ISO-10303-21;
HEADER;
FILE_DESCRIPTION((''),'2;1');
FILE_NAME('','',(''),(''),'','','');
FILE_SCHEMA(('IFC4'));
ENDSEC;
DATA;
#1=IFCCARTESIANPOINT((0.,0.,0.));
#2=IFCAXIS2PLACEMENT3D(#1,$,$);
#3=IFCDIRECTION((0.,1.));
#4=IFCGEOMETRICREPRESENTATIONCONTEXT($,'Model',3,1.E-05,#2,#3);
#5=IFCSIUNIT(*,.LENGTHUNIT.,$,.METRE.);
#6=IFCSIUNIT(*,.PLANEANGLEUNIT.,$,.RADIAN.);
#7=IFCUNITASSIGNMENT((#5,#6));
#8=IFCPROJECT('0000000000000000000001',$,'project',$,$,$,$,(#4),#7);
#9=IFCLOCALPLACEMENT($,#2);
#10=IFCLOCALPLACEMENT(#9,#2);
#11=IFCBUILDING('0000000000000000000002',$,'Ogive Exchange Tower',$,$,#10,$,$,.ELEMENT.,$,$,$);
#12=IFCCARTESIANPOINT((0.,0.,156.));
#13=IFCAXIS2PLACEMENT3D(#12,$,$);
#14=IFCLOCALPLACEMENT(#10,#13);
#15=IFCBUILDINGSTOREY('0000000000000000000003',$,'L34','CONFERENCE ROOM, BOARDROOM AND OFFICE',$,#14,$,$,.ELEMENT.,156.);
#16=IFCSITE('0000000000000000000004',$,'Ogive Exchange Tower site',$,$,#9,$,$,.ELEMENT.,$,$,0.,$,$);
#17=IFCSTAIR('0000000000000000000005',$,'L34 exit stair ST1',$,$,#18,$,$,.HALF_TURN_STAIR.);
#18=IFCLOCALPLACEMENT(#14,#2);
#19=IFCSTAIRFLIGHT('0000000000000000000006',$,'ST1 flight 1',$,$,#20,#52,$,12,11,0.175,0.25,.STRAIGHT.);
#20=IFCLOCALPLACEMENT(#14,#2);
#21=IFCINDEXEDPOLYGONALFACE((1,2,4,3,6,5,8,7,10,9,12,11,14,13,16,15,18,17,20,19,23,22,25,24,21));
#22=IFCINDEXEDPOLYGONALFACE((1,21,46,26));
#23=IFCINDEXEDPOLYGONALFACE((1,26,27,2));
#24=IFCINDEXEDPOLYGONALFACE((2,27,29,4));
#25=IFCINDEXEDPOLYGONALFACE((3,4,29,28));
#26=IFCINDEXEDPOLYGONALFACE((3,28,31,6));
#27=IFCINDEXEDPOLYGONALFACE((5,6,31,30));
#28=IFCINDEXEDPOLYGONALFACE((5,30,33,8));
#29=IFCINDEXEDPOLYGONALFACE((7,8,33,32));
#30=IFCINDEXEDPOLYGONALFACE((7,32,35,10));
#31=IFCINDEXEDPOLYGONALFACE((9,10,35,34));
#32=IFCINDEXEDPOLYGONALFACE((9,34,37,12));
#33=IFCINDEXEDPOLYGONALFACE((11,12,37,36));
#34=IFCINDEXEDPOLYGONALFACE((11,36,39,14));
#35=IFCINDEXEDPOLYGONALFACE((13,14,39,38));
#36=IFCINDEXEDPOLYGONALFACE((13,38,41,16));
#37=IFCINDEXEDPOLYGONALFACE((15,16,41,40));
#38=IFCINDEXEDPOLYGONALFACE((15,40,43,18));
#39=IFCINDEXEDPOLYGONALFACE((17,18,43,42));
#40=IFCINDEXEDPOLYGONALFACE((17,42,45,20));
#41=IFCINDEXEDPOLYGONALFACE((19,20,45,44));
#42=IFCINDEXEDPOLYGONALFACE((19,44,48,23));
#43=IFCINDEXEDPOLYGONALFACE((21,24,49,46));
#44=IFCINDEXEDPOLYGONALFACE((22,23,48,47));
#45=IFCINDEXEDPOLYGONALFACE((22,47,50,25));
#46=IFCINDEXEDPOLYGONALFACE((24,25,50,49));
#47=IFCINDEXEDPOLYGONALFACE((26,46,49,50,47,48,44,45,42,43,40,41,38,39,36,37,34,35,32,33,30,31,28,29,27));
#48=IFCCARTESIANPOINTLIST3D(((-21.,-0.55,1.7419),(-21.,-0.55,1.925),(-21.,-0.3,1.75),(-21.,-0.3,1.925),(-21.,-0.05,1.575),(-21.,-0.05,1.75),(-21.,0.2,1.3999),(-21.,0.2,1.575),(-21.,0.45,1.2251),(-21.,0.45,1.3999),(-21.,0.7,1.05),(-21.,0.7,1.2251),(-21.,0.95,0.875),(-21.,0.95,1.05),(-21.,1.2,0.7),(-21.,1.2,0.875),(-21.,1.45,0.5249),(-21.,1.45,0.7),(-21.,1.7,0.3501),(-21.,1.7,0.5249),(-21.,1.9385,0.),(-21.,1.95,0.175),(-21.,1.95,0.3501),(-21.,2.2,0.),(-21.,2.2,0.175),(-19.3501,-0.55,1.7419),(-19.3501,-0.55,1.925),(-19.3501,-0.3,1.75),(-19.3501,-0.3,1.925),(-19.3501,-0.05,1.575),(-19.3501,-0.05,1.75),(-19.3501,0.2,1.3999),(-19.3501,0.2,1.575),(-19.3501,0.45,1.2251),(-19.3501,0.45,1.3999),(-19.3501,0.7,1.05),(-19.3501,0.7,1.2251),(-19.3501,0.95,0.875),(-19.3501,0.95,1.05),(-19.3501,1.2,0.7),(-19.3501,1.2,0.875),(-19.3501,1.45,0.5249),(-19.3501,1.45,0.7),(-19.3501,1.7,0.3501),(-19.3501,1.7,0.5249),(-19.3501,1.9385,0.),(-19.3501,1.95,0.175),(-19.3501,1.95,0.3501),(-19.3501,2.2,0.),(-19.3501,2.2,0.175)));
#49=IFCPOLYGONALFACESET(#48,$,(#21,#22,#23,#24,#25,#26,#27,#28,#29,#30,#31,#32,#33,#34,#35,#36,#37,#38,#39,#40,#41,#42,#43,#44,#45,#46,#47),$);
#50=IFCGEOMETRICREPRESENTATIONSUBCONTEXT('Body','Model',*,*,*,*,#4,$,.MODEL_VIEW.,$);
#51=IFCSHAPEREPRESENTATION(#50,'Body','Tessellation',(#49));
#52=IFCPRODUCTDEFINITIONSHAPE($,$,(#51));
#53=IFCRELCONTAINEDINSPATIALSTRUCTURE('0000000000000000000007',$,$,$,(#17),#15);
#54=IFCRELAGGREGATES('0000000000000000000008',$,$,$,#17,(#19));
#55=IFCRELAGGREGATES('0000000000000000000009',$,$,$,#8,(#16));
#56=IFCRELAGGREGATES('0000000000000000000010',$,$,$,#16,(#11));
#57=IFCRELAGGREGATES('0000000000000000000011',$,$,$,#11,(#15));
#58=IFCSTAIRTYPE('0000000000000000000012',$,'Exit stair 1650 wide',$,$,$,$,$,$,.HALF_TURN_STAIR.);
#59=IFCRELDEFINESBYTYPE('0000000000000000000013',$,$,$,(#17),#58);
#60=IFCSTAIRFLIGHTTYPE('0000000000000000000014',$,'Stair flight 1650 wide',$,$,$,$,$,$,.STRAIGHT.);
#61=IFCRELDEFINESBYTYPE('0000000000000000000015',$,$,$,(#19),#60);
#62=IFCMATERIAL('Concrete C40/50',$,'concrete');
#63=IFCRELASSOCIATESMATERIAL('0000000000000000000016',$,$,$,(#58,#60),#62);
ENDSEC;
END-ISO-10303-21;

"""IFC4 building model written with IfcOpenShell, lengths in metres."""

from ifc_helpers import new_model, si_unit, direction, frame, origin, place, context, subcontext, project, spatial, polyline, outline, extrude, material, type_object, element, aggregate, save


model = new_model("IFC4")

# Units and contexts
model_context = context("Model", 3, precision=1e-05, world=origin(), true_north=direction((0.0, 1.0)))
body_context = subcontext(model_context, "Body", "Model", "MODEL_VIEW")
ifc_project = project(units=[si_unit("LENGTHUNIT", "METRE"), si_unit("PLANEANGLEUNIT", "RADIAN")], contexts=[model_context])

# Site, building, storey
site_placement = place(None, origin())
site = spatial("IfcSite", under=ifc_project, at=site_placement, Name="Ogive Exchange Tower site", CompositionType="ELEMENT", RefElevation=0.0)
building_placement = place(site_placement, origin())
building = spatial("IfcBuilding", under=site, at=building_placement, Name="Ogive Exchange Tower", CompositionType="ELEMENT")
storey_placement = place(building_placement, frame((0.0, 0.0, 156.0)))
storey = spatial("IfcBuildingStorey", under=building, at=storey_placement, Name="L34", Description="CONFERENCE ROOM, BOARDROOM AND OFFICE", CompositionType="ELEMENT", Elevation=156.0)

# Stair, stair flight
ifc_material_1 = material(Name="Concrete C40/50", Category="concrete")
stair_type = type_object("IfcStairType", Name="Exit stair 1650 wide", PredefinedType="HALF_TURN_STAIR", material=ifc_material_1)
stair_placement = place(storey_placement, origin())
stair = element("IfcStair", 1, at=stair_placement, inside=storey, type_object=stair_type, Name="L34 exit stair ST1", PredefinedType="HALF_TURN_STAIR")
stair_flight_type = type_object("IfcStairFlightType", Name="Stair flight 1650 wide", PredefinedType="STRAIGHT", material=ifc_material_1)
stair_flight_placement = place(storey_placement, frame((-20.175, 2.2, 0.0), z_axis=(0.0, 0.0, 1.0), x_axis=(0.0, -1.0, 0.0)))
stair_flight = element("IfcStairFlight", 2, at=stair_flight_placement, type_object=stair_flight_type, Name="ST1 flight 1", NumberOfRisers=12, NumberOfTreads=11, PredefinedType="STRAIGHT", RiserHeight=0.175, TreadLength=0.25, context=body_context, shape_type="SweptSolid", body=[
    extrude(outline(polyline([(0.0, 0.0), (0.0, 0.175), (0.25, 0.175), (0.25, 0.3501), (0.5, 0.3501), (0.5, 0.5249), (0.75, 0.5249), (0.75, 0.7), (1.0, 0.7), (1.0, 0.875), (1.25, 0.875), (1.25, 1.05), (1.5, 1.05), (1.5, 1.2251), (1.75, 1.2251), (1.75, 1.3999), (2.0, 1.3999), (2.0, 1.575), (2.25, 1.575), (2.25, 1.75), (2.5, 1.75), (2.5, 1.925), (2.75, 1.925), (2.75, 2.1001), (2.75, 1.7419), (0.2615, 0.0), (0.0, 0.0)])), frame((0.0, 0.825, 0.0), z_axis=(0.0, -1.0, 0.0), x_axis=(1.0, 0.0, 0.0)), (0.0, 0.0, 1.0), 1.6499),
])
aggregate(stair, [stair_flight])

save(model, "model.ifc")
